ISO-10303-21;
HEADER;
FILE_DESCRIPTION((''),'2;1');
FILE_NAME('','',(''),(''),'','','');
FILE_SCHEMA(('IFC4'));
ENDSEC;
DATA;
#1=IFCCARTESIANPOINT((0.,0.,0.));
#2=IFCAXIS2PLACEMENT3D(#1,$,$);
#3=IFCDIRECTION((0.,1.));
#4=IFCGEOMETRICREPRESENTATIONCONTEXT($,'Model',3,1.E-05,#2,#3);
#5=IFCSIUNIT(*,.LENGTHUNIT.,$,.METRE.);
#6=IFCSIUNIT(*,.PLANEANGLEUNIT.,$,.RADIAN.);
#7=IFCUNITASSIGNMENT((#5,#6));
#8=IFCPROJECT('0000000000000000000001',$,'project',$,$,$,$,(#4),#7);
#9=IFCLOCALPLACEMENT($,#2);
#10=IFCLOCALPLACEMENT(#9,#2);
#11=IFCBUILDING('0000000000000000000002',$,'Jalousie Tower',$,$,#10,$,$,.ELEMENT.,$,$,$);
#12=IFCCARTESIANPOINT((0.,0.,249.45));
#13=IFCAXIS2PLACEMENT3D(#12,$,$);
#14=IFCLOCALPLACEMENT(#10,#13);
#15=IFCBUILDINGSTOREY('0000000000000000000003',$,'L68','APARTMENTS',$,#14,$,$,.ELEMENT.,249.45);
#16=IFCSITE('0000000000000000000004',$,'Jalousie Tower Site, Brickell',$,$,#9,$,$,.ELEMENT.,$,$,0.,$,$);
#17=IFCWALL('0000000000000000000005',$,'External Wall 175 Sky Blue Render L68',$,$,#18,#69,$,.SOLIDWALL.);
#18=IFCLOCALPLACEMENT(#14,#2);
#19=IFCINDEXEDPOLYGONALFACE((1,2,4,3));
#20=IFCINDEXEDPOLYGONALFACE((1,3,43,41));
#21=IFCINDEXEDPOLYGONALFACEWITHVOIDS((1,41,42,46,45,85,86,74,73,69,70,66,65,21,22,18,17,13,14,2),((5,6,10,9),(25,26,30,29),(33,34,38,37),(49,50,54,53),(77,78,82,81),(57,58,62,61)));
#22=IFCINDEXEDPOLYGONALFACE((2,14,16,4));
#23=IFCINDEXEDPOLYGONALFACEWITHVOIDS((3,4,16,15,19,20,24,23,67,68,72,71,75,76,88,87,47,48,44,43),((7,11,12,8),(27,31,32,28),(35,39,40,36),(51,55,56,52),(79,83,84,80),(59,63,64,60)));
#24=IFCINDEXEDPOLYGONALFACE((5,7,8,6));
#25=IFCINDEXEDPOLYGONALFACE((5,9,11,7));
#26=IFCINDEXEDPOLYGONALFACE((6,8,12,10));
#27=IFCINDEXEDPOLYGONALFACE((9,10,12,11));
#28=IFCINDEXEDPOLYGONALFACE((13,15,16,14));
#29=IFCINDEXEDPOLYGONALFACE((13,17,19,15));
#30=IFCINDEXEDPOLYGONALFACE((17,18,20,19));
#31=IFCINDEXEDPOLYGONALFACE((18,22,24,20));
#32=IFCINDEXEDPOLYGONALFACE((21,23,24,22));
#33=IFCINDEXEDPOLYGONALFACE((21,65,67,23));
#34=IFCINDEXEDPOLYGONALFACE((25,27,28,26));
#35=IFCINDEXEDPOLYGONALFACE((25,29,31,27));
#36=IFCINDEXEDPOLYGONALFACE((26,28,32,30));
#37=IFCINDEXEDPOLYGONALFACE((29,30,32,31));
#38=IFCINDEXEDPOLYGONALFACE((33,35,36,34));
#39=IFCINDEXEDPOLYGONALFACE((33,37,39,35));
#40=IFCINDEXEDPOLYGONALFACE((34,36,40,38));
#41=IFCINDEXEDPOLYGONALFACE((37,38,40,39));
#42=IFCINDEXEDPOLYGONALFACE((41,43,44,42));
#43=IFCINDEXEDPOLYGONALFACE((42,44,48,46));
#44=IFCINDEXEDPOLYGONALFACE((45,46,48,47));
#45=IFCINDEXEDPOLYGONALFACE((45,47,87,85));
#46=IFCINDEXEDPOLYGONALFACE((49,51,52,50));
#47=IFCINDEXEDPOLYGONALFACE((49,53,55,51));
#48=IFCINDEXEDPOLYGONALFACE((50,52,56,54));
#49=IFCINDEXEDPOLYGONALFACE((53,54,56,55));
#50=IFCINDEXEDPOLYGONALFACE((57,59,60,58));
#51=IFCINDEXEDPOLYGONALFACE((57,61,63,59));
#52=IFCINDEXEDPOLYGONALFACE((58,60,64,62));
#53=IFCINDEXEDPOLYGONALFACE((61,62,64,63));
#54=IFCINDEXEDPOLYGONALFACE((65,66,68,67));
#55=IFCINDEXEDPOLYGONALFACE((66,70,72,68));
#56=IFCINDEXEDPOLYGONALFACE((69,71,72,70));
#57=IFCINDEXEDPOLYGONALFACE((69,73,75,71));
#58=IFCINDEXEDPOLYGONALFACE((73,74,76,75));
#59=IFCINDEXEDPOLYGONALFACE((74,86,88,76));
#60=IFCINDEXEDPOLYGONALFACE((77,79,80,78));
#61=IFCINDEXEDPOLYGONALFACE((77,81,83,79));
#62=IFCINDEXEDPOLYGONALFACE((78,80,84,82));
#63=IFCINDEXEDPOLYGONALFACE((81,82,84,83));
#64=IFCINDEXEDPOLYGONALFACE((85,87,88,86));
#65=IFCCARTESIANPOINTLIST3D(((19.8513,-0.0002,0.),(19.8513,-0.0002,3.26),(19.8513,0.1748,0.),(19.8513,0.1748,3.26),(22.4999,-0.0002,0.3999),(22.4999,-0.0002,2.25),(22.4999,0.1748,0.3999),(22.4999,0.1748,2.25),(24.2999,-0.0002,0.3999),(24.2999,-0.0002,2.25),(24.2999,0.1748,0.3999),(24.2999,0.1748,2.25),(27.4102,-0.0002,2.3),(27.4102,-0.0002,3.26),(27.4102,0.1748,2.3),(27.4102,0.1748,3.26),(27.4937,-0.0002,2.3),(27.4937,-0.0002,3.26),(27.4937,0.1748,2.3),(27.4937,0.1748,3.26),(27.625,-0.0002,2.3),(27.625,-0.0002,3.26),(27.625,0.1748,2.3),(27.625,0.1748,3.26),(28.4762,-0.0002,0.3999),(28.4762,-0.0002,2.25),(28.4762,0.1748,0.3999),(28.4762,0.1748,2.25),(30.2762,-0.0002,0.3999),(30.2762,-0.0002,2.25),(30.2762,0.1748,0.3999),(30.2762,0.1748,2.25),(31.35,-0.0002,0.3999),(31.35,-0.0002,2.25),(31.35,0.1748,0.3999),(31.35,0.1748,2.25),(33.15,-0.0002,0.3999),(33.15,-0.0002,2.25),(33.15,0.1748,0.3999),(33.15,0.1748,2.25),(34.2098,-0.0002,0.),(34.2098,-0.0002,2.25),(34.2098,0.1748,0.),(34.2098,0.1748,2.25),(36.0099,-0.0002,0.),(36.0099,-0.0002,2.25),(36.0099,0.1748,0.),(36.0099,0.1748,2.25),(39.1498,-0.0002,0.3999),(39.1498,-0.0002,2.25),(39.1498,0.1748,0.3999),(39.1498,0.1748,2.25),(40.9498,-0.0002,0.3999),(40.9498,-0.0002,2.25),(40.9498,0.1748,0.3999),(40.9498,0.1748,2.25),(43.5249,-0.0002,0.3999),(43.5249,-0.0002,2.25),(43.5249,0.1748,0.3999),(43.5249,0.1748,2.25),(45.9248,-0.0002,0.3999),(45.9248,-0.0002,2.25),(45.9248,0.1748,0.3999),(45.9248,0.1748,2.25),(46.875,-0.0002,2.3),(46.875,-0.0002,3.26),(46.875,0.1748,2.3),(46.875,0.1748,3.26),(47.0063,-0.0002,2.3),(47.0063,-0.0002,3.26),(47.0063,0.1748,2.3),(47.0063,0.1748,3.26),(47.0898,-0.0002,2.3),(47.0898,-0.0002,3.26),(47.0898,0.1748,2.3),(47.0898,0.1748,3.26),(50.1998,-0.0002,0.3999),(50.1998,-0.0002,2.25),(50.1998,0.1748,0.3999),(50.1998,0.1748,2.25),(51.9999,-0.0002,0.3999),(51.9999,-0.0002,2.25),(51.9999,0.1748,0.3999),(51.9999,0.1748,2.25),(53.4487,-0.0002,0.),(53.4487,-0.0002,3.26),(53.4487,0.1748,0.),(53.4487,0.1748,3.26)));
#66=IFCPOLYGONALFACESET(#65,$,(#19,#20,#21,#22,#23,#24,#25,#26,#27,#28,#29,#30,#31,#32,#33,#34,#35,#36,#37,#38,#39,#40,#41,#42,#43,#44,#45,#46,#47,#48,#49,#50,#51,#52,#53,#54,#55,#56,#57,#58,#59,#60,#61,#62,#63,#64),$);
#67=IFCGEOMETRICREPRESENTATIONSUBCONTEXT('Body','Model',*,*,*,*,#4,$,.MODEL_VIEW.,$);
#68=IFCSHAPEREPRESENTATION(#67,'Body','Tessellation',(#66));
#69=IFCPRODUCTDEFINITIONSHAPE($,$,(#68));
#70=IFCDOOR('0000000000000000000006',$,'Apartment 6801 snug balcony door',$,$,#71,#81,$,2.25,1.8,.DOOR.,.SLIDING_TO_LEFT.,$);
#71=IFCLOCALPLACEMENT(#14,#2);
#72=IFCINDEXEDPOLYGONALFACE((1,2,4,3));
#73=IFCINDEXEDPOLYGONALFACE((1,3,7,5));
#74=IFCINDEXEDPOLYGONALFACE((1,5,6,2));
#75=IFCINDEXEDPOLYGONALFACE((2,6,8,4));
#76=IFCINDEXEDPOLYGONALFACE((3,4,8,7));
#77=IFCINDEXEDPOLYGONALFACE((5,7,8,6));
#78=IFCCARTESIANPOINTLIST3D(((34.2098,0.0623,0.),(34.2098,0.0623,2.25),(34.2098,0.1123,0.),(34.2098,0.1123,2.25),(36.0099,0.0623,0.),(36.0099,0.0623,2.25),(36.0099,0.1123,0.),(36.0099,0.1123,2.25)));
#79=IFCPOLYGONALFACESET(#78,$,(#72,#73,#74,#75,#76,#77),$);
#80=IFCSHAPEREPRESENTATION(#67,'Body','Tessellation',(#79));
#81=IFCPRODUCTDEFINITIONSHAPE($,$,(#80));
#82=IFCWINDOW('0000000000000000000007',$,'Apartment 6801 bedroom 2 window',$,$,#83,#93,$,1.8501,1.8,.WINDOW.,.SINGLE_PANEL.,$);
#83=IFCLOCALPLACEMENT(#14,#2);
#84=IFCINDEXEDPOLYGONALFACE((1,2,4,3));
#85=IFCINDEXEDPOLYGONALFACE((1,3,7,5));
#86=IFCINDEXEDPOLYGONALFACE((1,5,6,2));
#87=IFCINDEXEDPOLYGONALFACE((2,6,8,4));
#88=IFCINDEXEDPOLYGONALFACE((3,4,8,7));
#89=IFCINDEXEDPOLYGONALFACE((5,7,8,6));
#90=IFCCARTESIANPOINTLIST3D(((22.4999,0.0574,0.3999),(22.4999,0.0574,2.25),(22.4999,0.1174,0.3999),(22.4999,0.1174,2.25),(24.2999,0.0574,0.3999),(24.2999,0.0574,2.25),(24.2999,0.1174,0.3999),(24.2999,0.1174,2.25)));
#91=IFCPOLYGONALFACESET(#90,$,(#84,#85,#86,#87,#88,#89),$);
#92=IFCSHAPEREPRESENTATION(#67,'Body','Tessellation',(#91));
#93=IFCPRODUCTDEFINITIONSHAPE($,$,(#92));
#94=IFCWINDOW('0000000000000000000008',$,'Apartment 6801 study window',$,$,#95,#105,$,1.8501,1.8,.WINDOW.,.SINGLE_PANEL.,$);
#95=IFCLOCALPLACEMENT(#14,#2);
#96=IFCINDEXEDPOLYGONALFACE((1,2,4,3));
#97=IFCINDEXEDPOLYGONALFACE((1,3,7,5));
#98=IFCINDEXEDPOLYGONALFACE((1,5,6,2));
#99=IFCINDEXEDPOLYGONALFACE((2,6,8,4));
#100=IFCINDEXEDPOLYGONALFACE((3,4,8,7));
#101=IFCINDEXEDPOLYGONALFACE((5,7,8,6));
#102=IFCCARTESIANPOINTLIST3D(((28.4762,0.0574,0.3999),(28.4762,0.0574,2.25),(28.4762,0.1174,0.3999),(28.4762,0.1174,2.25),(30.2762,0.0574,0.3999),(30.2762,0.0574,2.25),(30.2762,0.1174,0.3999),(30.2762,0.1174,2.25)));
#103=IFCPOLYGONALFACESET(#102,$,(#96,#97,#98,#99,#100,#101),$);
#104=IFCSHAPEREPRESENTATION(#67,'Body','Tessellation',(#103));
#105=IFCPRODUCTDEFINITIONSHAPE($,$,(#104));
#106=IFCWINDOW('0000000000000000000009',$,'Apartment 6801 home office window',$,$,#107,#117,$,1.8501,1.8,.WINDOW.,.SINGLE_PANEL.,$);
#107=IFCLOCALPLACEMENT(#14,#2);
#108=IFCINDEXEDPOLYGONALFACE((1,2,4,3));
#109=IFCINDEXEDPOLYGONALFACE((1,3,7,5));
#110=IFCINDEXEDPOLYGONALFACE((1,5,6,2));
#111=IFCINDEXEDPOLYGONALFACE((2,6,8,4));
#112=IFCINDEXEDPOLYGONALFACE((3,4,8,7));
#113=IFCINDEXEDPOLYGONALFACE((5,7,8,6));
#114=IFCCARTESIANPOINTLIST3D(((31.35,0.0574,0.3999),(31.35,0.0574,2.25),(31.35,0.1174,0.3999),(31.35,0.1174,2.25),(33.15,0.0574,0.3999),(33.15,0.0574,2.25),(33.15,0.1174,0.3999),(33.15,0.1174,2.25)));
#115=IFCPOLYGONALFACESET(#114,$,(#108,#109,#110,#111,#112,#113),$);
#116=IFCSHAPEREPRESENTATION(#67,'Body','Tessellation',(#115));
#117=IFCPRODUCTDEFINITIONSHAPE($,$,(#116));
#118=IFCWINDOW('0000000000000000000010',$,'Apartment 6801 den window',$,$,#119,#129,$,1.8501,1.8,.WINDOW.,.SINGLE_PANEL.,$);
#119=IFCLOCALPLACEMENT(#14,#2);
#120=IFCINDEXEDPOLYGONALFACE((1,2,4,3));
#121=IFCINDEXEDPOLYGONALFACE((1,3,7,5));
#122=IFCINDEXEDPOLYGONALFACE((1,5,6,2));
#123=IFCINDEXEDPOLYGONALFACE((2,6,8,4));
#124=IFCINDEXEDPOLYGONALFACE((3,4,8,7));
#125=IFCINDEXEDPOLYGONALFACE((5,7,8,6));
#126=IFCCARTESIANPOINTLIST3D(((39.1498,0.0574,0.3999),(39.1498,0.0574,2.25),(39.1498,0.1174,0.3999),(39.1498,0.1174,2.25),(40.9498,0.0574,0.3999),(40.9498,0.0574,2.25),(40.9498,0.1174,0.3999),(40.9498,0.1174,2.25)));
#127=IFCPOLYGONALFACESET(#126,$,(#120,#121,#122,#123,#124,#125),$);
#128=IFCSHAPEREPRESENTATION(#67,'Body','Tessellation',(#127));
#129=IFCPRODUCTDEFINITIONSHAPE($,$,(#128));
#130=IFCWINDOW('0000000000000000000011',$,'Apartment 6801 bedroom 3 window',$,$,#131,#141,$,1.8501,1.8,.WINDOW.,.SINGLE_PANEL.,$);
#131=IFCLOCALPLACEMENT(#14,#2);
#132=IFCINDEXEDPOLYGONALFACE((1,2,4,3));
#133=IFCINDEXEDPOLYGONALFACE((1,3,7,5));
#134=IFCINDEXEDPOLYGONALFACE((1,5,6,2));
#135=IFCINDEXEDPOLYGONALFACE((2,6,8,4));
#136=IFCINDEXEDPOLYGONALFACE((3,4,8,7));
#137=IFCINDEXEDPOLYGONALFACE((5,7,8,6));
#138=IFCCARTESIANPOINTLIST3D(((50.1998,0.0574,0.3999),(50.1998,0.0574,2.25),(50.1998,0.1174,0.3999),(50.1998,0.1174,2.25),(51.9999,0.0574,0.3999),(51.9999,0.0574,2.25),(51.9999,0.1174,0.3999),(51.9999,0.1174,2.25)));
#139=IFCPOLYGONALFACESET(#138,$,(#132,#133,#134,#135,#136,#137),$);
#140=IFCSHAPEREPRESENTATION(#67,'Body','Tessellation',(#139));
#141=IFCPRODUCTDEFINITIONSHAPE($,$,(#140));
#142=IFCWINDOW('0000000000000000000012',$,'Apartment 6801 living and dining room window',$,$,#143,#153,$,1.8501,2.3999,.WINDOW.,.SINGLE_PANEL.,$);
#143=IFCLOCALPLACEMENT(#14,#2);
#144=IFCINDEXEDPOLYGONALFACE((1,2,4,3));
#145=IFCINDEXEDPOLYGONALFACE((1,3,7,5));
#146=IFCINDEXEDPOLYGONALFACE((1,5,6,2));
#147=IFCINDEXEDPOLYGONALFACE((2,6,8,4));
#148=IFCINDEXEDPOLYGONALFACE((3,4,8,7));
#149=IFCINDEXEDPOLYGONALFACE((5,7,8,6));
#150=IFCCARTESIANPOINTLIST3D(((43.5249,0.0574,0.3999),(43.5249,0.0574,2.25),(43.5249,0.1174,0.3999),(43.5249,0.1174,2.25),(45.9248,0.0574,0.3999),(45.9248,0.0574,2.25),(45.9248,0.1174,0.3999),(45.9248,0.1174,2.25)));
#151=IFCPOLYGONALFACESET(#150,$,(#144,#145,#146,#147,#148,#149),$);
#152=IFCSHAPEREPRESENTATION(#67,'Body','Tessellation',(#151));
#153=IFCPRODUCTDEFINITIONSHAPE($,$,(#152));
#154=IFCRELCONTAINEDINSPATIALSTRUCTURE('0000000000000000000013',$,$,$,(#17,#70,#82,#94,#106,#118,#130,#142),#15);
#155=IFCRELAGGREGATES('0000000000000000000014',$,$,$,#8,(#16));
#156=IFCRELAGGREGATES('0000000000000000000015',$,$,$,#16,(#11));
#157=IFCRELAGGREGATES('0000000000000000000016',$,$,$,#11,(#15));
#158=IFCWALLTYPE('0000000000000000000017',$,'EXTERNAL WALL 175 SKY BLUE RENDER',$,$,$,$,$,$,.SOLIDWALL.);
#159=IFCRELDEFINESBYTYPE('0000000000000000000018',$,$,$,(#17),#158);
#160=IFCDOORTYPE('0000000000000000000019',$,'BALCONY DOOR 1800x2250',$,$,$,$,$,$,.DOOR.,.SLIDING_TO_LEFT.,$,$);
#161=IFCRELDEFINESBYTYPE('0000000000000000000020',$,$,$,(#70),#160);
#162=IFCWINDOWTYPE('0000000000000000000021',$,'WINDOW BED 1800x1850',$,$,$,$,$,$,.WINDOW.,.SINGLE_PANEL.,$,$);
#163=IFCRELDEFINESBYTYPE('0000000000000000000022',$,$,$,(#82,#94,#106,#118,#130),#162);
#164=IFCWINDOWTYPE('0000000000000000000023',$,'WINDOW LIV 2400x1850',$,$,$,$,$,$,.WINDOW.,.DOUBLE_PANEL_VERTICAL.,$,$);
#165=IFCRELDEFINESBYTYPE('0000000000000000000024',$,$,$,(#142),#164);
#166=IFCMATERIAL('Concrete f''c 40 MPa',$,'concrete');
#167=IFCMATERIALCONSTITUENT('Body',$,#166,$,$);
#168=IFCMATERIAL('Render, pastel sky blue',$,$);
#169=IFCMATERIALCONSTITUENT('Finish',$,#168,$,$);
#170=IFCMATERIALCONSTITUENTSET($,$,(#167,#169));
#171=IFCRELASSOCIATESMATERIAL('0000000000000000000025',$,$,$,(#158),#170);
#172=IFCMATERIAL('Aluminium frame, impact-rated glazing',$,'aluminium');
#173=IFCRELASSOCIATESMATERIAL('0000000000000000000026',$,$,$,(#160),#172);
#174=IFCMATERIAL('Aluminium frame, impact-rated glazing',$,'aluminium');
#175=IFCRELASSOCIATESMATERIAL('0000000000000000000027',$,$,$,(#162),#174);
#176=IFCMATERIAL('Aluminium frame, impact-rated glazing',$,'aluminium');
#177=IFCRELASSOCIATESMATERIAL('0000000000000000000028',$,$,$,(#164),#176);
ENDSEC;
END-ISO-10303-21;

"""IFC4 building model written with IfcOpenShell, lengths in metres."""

from ifc_helpers import new_model, si_unit, direction, frame, frame_2d, origin, place, context, subcontext, project, spatial, polyline, rectangle, outline, extrude, material, constituent, constituent_set, type_object, element, fill, save


model = new_model("IFC4")

# Units and contexts
model_context = context("Model", 3, precision=1e-05, world=origin(), true_north=direction((0.0, 1.0)))
body_context = subcontext(model_context, "Body", "Model", "MODEL_VIEW")
ifc_project = project(units=[si_unit("LENGTHUNIT", "METRE"), si_unit("PLANEANGLEUNIT", "RADIAN")], contexts=[model_context])

# Site, building, storey
site_placement = place(None, origin())
site = spatial("IfcSite", under=ifc_project, at=site_placement, Name="Jalousie Tower Site, Brickell", CompositionType="ELEMENT", RefElevation=0.0)
building_placement = place(site_placement, origin())
building = spatial("IfcBuilding", under=site, at=building_placement, Name="Jalousie Tower", CompositionType="ELEMENT")
storey_placement = place(building_placement, frame((0.0, 0.0, 249.45)))
storey = spatial("IfcBuildingStorey", under=building, at=storey_placement, Name="L68", Description="APARTMENTS", CompositionType="ELEMENT", Elevation=249.45)

# Wall, openings, door, windows
ifc_material_1 = material(Name="Concrete f'c 40 MPa", Category="concrete")
ifc_constituent_1 = constituent(ifc_material_1, Name="Body")
ifc_material_2 = material(Name="Render, pastel sky blue")
ifc_constituent_2 = constituent(ifc_material_2, Name="Finish")
ifc_constituent_set_1 = constituent_set(constituents=[ifc_constituent_1, ifc_constituent_2])
wall_type_1 = type_object("IfcWallType", Name="EXTERNAL WALL 175 SKY BLUE RENDER", PredefinedType="SOLIDWALL", material=ifc_constituent_set_1)
wall_1_placement = place(storey_placement, frame((19.8513, 0.0874, 0.0), z_axis=(0.0, 0.0, 1.0), x_axis=(1.0, 0.0, 0.0)))
wall_1 = element("IfcWall", 1, at=wall_1_placement, inside=storey, type_object=wall_type_1, Name="External Wall 175 Sky Blue Render L68", PredefinedType="SOLIDWALL", context=body_context, shape_type="SweptSolid", body=[
    extrude(outline(polyline([(0.0, 0.0), (33.5974, 0.0), (33.5974, 3.26), (27.2385, 3.26), (27.2385, 2.3), (27.155, 2.3), (27.155, 3.26), (27.0237, 3.26), (27.0237, 2.3), (7.7737, 2.3), (7.7737, 3.26), (7.6423, 3.26), (7.6423, 2.3), (7.5588, 2.3), (7.5588, 3.26), (0.0, 3.26), (0.0, 0.0)])), frame((0.0, 0.0874, 0.0), z_axis=(0.0, -1.0, 0.0), x_axis=(1.0, 0.0, 0.0)), (0.0, 0.0, 1.0), 0.175),
])
opening_1_placement = place(wall_1_placement, frame((2.6487, 0.0, 0.3999)))
opening_1 = element("IfcOpeningElement", 2, at=opening_1_placement, cuts=wall_1, PredefinedType="OPENING", context=body_context, shape_type="SweptSolid", body=[
    extrude(rectangle(XDim=1.8, YDim=1.8501, at=frame_2d((0.8999, 0.925))), frame((0.0, 0.0974, 0.0), z_axis=(0.0, -1.0, 0.0), x_axis=(1.0, 0.0, 0.0)), (0.0, 0.0, 1.0), 0.1951),
])
opening_2_placement = place(wall_1_placement, frame((8.625, 0.0, 0.3999)))
opening_2 = element("IfcOpeningElement", 3, at=opening_2_placement, cuts=wall_1, PredefinedType="OPENING", context=body_context, shape_type="SweptSolid", body=[
    extrude(rectangle(XDim=1.8, YDim=1.8501, at=frame_2d((0.8999, 0.925))), frame((0.0, 0.0974, 0.0), z_axis=(0.0, -1.0, 0.0), x_axis=(1.0, 0.0, 0.0)), (0.0, 0.0, 1.0), 0.1951),
])
opening_3_placement = place(wall_1_placement, frame((11.4988, 0.0, 0.3999)))
opening_3 = element("IfcOpeningElement", 4, at=opening_3_placement, cuts=wall_1, PredefinedType="OPENING", context=body_context, shape_type="SweptSolid", body=[
    extrude(rectangle(XDim=1.8, YDim=1.8501, at=frame_2d((0.8999, 0.925))), frame((0.0, 0.0974, 0.0), z_axis=(0.0, -1.0, 0.0), x_axis=(1.0, 0.0, 0.0)), (0.0, 0.0, 1.0), 0.1951),
])
opening_4_placement = place(wall_1_placement, frame((14.3586, 0.0, 0.0)))
opening_4 = element("IfcOpeningElement", 5, at=opening_4_placement, cuts=wall_1, PredefinedType="OPENING", context=body_context, shape_type="SweptSolid", body=[
    extrude(rectangle(XDim=1.8, YDim=2.25, at=frame_2d((0.8999, 1.125))), frame((0.0, 0.0974, 0.0), z_axis=(0.0, -1.0, 0.0), x_axis=(1.0, 0.0, 0.0)), (0.0, 0.0, 1.0), 0.1951),
])
opening_5_placement = place(wall_1_placement, frame((19.2986, 0.0, 0.3999)))
opening_5 = element("IfcOpeningElement", 6, at=opening_5_placement, cuts=wall_1, PredefinedType="OPENING", context=body_context, shape_type="SweptSolid", body=[
    extrude(rectangle(XDim=1.8, YDim=1.8501, at=frame_2d((0.8999, 0.925))), frame((0.0, 0.0974, 0.0), z_axis=(0.0, -1.0, 0.0), x_axis=(1.0, 0.0, 0.0)), (0.0, 0.0, 1.0), 0.1951),
])
opening_6_placement = place(wall_1_placement, frame((23.6736, 0.0, 0.3999)))
opening_6 = element("IfcOpeningElement", 7, at=opening_6_placement, cuts=wall_1, PredefinedType="OPENING", context=body_context, shape_type="SweptSolid", body=[
    extrude(rectangle(XDim=2.3999, YDim=1.8501, at=frame_2d((1.2, 0.925))), frame((0.0, 0.0974, 0.0), z_axis=(0.0, -1.0, 0.0), x_axis=(1.0, 0.0, 0.0)), (0.0, 0.0, 1.0), 0.1951),
])
opening_7_placement = place(wall_1_placement, frame((30.3486, 0.0, 0.3999)))
opening_7 = element("IfcOpeningElement", 8, at=opening_7_placement, cuts=wall_1, PredefinedType="OPENING", context=body_context, shape_type="SweptSolid", body=[
    extrude(rectangle(XDim=1.8, YDim=1.8501, at=frame_2d((0.8999, 0.925))), frame((0.0, 0.0974, 0.0), z_axis=(0.0, -1.0, 0.0), x_axis=(1.0, 0.0, 0.0)), (0.0, 0.0, 1.0), 0.1951),
])
ifc_material_3 = material(Name="Aluminium frame, impact-rated glazing", Category="aluminium")
door_type_1 = type_object("IfcDoorType", Name="BALCONY DOOR 1800x2250", OperationType="SLIDING_TO_LEFT", PredefinedType="DOOR", material=ifc_material_3)
door_1_placement = place(opening_4_placement, origin())
door_1 = element("IfcDoor", 9, at=door_1_placement, inside=storey, type_object=door_type_1, Name="Apartment 6801 snug balcony door", OperationType="SLIDING_TO_LEFT", OverallHeight=2.25, OverallWidth=1.8, PredefinedType="DOOR", context=body_context, shape_type="SweptSolid", body=[
    extrude(rectangle(XDim=1.8, YDim=2.25, at=frame_2d((0.8999, 1.125))), frame((0.0, 0.0249, 0.0), z_axis=(0.0, -1.0, 0.0), x_axis=(1.0, 0.0, 0.0)), (0.0, 0.0, 1.0), 0.05),
])
fill(opening_4, door_1)
ifc_material_4 = material(Name="Aluminium frame, impact-rated glazing", Category="aluminium")
window_type_1 = type_object("IfcWindowType", Name="WINDOW BED 1800x1850", PartitioningType="SINGLE_PANEL", PredefinedType="WINDOW", material=ifc_material_4)
window_1_placement = place(opening_1_placement, origin())
window_1 = element("IfcWindow", 10, at=window_1_placement, inside=storey, type_object=window_type_1, Name="Apartment 6801 bedroom 2 window", OverallHeight=1.8501, OverallWidth=1.8, PartitioningType="SINGLE_PANEL", PredefinedType="WINDOW", context=body_context, shape_type="SweptSolid", body=[
    extrude(rectangle(XDim=1.8, YDim=1.8501, at=frame_2d((0.8999, 0.925))), frame((0.0, 0.03, 0.0), z_axis=(0.0, -1.0, 0.0), x_axis=(1.0, 0.0, 0.0)), (0.0, 0.0, 1.0), 0.0601),
])
fill(opening_1, window_1)
window_2_placement = place(opening_2_placement, origin())
window_2 = element("IfcWindow", 11, at=window_2_placement, inside=storey, type_object=window_type_1, Name="Apartment 6801 study window", OverallHeight=1.8501, OverallWidth=1.8, PartitioningType="SINGLE_PANEL", PredefinedType="WINDOW", context=body_context, shape_type="SweptSolid", body=[
    extrude(rectangle(XDim=1.8, YDim=1.8501, at=frame_2d((0.8999, 0.925))), frame((0.0, 0.03, 0.0), z_axis=(0.0, -1.0, 0.0), x_axis=(1.0, 0.0, 0.0)), (0.0, 0.0, 1.0), 0.0601),
])
fill(opening_2, window_2)
window_3_placement = place(opening_3_placement, origin())
window_3 = element("IfcWindow", 12, at=window_3_placement, inside=storey, type_object=window_type_1, Name="Apartment 6801 home office window", OverallHeight=1.8501, OverallWidth=1.8, PartitioningType="SINGLE_PANEL", PredefinedType="WINDOW", context=body_context, shape_type="SweptSolid", body=[
    extrude(rectangle(XDim=1.8, YDim=1.8501, at=frame_2d((0.8999, 0.925))), frame((0.0, 0.03, 0.0), z_axis=(0.0, -1.0, 0.0), x_axis=(1.0, 0.0, 0.0)), (0.0, 0.0, 1.0), 0.0601),
])
fill(opening_3, window_3)
window_4_placement = place(opening_5_placement, origin())
window_4 = element("IfcWindow", 13, at=window_4_placement, inside=storey, type_object=window_type_1, Name="Apartment 6801 den window", OverallHeight=1.8501, OverallWidth=1.8, PartitioningType="SINGLE_PANEL", PredefinedType="WINDOW", context=body_context, shape_type="SweptSolid", body=[
    extrude(rectangle(XDim=1.8, YDim=1.8501, at=frame_2d((0.8999, 0.925))), frame((0.0, 0.03, 0.0), z_axis=(0.0, -1.0, 0.0), x_axis=(1.0, 0.0, 0.0)), (0.0, 0.0, 1.0), 0.0601),
])
fill(opening_5, window_4)
window_5_placement = place(opening_7_placement, origin())
window_5 = element("IfcWindow", 14, at=window_5_placement, inside=storey, type_object=window_type_1, Name="Apartment 6801 bedroom 3 window", OverallHeight=1.8501, OverallWidth=1.8, PartitioningType="SINGLE_PANEL", PredefinedType="WINDOW", context=body_context, shape_type="SweptSolid", body=[
    extrude(rectangle(XDim=1.8, YDim=1.8501, at=frame_2d((0.8999, 0.925))), frame((0.0, 0.03, 0.0), z_axis=(0.0, -1.0, 0.0), x_axis=(1.0, 0.0, 0.0)), (0.0, 0.0, 1.0), 0.0601),
])
fill(opening_7, window_5)
ifc_material_5 = material(Name="Aluminium frame, impact-rated glazing", Category="aluminium")
window_type_2 = type_object("IfcWindowType", Name="WINDOW LIV 2400x1850", PartitioningType="DOUBLE_PANEL_VERTICAL", PredefinedType="WINDOW", material=ifc_material_5)
window_6_placement = place(opening_6_placement, origin())
window_6 = element("IfcWindow", 15, at=window_6_placement, inside=storey, type_object=window_type_2, Name="Apartment 6801 living and dining room window", OverallHeight=1.8501, OverallWidth=2.3999, PartitioningType="SINGLE_PANEL", PredefinedType="WINDOW", context=body_context, shape_type="SweptSolid", body=[
    extrude(rectangle(XDim=2.3999, YDim=1.8501, at=frame_2d((1.2, 0.925))), frame((0.0, 0.03, 0.0), z_axis=(0.0, -1.0, 0.0), x_axis=(1.0, 0.0, 0.0)), (0.0, 0.0, 1.0), 0.0601),
])
fill(opening_6, window_6)

save(model, "model.ifc")
